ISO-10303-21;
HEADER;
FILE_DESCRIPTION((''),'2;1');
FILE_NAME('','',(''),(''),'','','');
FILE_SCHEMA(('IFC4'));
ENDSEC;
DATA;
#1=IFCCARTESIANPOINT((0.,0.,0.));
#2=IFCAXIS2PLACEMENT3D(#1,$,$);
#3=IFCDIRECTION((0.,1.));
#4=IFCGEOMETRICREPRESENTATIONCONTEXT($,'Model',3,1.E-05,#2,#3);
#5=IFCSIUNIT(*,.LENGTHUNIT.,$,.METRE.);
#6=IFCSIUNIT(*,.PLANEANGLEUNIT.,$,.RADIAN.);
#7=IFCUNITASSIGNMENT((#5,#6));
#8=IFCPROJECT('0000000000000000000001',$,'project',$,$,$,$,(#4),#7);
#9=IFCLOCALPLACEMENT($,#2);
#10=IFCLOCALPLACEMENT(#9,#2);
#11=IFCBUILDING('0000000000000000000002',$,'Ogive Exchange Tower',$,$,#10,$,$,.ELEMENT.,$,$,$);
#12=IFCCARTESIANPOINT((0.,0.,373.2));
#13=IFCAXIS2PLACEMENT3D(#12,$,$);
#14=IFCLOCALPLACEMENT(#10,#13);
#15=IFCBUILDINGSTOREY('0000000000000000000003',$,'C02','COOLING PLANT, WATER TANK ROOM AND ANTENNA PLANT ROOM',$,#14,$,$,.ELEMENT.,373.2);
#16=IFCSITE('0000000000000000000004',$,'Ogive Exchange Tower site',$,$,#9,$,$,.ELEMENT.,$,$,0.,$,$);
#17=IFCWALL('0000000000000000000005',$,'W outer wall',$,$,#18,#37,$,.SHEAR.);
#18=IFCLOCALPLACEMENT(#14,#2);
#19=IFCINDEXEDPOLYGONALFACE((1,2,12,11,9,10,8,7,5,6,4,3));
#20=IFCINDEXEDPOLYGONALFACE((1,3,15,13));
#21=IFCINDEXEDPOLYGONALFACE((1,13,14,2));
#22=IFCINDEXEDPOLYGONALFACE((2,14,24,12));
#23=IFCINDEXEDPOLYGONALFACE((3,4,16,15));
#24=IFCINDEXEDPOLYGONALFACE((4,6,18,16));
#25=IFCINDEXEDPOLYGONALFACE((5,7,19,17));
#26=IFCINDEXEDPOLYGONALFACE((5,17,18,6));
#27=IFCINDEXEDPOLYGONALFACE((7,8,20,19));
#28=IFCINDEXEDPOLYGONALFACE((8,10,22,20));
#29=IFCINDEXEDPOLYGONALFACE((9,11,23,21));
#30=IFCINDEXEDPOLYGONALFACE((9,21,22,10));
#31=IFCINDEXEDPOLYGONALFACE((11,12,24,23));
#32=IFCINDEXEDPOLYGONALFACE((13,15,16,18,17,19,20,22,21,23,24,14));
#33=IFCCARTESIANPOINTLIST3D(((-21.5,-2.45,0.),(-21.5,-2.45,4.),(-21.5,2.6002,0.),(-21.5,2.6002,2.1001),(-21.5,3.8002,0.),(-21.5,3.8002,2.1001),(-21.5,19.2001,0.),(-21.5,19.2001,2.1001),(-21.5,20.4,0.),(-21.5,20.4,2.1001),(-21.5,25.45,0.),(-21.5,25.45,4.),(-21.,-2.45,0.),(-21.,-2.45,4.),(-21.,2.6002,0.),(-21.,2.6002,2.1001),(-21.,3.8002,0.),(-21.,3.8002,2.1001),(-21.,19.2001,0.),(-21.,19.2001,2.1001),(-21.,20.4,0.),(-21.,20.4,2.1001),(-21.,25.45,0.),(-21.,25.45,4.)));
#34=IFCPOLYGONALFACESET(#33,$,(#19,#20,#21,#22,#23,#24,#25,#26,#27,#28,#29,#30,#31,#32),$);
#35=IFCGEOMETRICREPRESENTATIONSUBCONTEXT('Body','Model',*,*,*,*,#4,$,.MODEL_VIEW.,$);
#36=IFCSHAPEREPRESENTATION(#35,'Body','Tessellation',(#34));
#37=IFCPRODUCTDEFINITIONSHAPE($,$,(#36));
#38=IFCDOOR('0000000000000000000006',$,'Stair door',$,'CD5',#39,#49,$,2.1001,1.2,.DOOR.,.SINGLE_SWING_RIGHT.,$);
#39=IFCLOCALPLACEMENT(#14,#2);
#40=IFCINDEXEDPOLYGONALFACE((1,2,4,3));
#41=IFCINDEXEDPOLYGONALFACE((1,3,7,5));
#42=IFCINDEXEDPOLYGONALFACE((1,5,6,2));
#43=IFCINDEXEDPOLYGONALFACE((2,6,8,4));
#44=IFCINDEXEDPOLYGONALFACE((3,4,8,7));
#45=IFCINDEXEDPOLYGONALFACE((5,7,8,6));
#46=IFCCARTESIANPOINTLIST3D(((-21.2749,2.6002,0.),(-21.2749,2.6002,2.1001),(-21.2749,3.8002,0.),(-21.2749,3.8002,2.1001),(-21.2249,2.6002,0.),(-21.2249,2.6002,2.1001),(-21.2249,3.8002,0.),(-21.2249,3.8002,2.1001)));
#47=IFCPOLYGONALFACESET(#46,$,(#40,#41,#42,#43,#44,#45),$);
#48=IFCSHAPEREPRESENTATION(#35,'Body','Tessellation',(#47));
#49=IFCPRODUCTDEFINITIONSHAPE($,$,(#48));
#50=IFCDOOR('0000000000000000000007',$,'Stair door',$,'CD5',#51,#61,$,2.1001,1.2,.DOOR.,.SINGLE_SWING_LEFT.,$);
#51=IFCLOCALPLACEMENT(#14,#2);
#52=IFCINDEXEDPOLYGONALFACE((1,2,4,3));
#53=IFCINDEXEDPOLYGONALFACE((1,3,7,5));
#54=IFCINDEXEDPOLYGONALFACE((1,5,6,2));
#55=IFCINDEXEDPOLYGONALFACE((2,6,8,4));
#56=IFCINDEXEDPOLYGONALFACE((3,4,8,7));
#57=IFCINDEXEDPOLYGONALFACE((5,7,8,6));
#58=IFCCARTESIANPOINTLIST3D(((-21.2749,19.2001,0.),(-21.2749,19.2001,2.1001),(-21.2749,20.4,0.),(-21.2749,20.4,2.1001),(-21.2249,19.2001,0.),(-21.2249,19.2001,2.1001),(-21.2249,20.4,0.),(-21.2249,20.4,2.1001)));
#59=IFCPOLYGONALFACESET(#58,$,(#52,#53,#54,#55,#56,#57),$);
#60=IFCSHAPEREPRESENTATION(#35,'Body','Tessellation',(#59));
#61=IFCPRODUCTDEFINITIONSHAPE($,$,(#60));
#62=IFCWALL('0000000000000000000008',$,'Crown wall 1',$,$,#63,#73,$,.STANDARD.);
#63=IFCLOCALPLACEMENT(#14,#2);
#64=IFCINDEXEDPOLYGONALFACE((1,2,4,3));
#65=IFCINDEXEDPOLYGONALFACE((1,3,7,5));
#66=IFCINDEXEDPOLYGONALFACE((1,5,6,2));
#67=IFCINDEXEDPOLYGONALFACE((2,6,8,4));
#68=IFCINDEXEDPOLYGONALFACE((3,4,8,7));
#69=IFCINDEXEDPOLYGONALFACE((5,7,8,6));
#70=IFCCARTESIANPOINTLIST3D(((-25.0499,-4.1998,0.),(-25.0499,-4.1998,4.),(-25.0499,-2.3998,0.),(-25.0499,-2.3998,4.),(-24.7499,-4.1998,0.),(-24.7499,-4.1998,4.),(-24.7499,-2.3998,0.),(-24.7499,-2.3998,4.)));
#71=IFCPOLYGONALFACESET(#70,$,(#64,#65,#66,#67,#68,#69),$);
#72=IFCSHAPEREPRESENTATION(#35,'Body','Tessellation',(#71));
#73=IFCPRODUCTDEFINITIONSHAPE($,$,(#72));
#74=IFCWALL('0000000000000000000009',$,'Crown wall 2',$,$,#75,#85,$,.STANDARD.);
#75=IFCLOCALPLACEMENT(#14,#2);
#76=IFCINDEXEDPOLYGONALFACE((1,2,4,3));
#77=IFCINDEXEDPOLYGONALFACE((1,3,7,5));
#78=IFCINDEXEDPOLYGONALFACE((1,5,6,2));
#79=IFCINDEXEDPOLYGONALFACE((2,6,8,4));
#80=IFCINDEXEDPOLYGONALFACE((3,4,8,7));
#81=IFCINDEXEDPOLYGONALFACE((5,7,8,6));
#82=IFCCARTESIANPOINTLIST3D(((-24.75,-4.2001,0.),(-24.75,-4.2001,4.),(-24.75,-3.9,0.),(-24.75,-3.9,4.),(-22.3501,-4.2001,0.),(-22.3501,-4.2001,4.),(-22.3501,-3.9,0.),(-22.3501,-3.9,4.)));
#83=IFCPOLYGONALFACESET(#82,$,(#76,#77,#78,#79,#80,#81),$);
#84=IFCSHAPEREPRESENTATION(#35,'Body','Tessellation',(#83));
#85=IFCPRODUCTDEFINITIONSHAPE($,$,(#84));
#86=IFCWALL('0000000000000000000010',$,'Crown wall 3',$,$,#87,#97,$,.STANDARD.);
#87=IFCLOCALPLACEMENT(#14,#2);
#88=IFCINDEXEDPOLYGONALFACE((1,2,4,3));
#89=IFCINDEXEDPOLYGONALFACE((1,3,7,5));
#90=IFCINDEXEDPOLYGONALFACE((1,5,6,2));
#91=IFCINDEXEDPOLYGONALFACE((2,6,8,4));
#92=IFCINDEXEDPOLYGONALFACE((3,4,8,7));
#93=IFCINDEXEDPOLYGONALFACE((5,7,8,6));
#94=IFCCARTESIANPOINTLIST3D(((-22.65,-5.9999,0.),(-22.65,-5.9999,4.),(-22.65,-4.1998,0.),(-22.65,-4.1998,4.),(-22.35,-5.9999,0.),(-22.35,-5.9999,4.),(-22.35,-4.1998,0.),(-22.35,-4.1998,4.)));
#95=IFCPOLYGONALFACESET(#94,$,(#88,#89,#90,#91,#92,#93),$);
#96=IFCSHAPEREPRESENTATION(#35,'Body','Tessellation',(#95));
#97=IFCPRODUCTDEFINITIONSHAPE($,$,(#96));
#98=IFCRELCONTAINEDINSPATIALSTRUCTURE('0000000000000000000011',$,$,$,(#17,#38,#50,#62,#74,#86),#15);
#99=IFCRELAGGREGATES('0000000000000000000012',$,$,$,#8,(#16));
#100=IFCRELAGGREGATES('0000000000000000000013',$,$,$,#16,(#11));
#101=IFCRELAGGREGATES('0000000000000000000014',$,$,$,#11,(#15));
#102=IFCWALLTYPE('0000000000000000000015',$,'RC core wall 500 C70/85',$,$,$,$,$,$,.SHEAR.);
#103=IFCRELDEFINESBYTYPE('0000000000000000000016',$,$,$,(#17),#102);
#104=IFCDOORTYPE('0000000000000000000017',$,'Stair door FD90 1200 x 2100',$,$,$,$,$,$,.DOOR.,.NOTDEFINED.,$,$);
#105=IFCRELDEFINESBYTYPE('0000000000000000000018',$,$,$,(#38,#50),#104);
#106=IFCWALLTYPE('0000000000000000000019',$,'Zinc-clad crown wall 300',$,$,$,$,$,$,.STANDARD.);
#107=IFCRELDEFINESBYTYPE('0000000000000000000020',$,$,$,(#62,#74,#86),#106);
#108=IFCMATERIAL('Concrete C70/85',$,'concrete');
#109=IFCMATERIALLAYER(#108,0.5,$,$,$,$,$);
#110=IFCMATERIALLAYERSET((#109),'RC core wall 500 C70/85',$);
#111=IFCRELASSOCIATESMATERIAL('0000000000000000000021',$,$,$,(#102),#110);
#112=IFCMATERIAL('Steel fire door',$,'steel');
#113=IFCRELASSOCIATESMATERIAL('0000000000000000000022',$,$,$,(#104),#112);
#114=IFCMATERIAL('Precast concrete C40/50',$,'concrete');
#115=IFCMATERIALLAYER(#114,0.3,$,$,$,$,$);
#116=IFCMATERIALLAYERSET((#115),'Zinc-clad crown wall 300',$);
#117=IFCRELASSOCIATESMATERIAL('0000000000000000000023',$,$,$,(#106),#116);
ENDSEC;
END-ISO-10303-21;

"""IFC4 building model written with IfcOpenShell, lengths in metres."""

from ifc_helpers import new_model, si_unit, direction, frame, frame_2d, origin, place, context, subcontext, project, spatial, rectangle, extrude, material, layer, layer_set, type_object, element, fill, save


model = new_model("IFC4")

# Units and contexts
model_context = context("Model", 3, precision=1e-05, world=origin(), true_north=direction((0.0, 1.0)))
body_context = subcontext(model_context, "Body", "Model", "MODEL_VIEW")
ifc_project = project(units=[si_unit("LENGTHUNIT", "METRE"), si_unit("PLANEANGLEUNIT", "RADIAN")], contexts=[model_context])

# Site, building, storey
site_placement = place(None, origin())
site = spatial("IfcSite", under=ifc_project, at=site_placement, Name="Ogive Exchange Tower site", CompositionType="ELEMENT", RefElevation=0.0)
building_placement = place(site_placement, origin())
building = spatial("IfcBuilding", under=site, at=building_placement, Name="Ogive Exchange Tower", CompositionType="ELEMENT")
storey_placement = place(building_placement, frame((0.0, 0.0, 373.2)))
storey = spatial("IfcBuildingStorey", under=building, at=storey_placement, Name="C02", Description="COOLING PLANT, WATER TANK ROOM AND ANTENNA PLANT ROOM", CompositionType="ELEMENT", Elevation=373.2)

# Shared definitions
ifc_material_1 = material(Name="Concrete C70/85", Category="concrete")

# Wall, openings, doors
ifc_layer_1 = layer(ifc_material_1, 0.5)
ifc_layer_set_1 = layer_set([ifc_layer_1], Name="RC core wall 500 C70/85")
wall_type_1 = type_object("IfcWallType", Name="RC core wall 500 C70/85", PredefinedType="SHEAR", material=ifc_layer_set_1)
wall_1_placement = place(storey_placement, frame((-21.25, -2.45, 0.0), z_axis=(0.0, 0.0, 1.0), x_axis=(0.0, 1.0, 0.0)))
wall_1 = element("IfcWall", 1, at=wall_1_placement, inside=storey, type_object=wall_type_1, Name="W outer wall", PredefinedType="SHEAR", context=body_context, shape_type="SweptSolid", body=[
    extrude(rectangle(XDim=27.8999, YDim=0.5, at=frame_2d((13.95, 0.0))), origin(), (0.0, 0.0, 1.0), 4.0),
])
opening_1_placement = place(wall_1_placement, frame((5.05, 0.0, 0.0)))
opening_1 = element("IfcOpeningElement", 2, at=opening_1_placement, cuts=wall_1, PredefinedType="OPENING", context=body_context, shape_type="SweptSolid", body=[
    extrude(rectangle(XDim=1.2, YDim=2.1001, at=frame_2d((0.6001, 1.05))), frame((0.0, 0.26, 0.0), z_axis=(0.0, -1.0, 0.0), x_axis=(1.0, 0.0, 0.0)), (0.0, 0.0, 1.0), 0.52),
])
opening_2_placement = place(wall_1_placement, frame((21.6499, 0.0, 0.0)))
opening_2 = element("IfcOpeningElement", 3, at=opening_2_placement, cuts=wall_1, PredefinedType="OPENING", context=body_context, shape_type="SweptSolid", body=[
    extrude(rectangle(XDim=1.2, YDim=2.1001, at=frame_2d((0.6001, 1.05))), frame((0.0, 0.26, 0.0), z_axis=(0.0, -1.0, 0.0), x_axis=(1.0, 0.0, 0.0)), (0.0, 0.0, 1.0), 0.52),
])
ifc_material_2 = material(Name="Steel fire door", Category="steel")
door_type = type_object("IfcDoorType", Name="Stair door FD90 1200 x 2100", OperationType="NOTDEFINED", PredefinedType="DOOR", material=ifc_material_2)
door_1_placement = place(opening_1_placement, origin())
door_1 = element("IfcDoor", 4, at=door_1_placement, inside=storey, type_object=door_type, Name="Stair door", ObjectType="CD5", OperationType="SINGLE_SWING_RIGHT", OverallHeight=2.1001, OverallWidth=1.2, PredefinedType="DOOR", context=body_context, shape_type="SweptSolid", body=[
    extrude(rectangle(XDim=1.2, YDim=2.1001, at=frame_2d((0.6001, 1.05))), frame((0.0, 0.0249, 0.0), z_axis=(0.0, -1.0, 0.0), x_axis=(1.0, 0.0, 0.0)), (0.0, 0.0, 1.0), 0.05),
])
fill(opening_1, door_1)
door_2_placement = place(opening_2_placement, origin())
door_2 = element("IfcDoor", 5, at=door_2_placement, inside=storey, type_object=door_type, Name="Stair door", ObjectType="CD5", OperationType="SINGLE_SWING_LEFT", OverallHeight=2.1001, OverallWidth=1.2, PredefinedType="DOOR", context=body_context, shape_type="SweptSolid", body=[
    extrude(rectangle(XDim=1.2, YDim=2.1001, at=frame_2d((0.6001, 1.05))), frame((0.0, 0.0249, 0.0), z_axis=(0.0, -1.0, 0.0), x_axis=(1.0, 0.0, 0.0)), (0.0, 0.0, 1.0), 0.05),
])
fill(opening_2, door_2)

# Walls
ifc_material_3 = material(Name="Precast concrete C40/50", Category="concrete")
ifc_layer_2 = layer(ifc_material_3, 0.3)
ifc_layer_set_2 = layer_set([ifc_layer_2], Name="Zinc-clad crown wall 300")
wall_type_2 = type_object("IfcWallType", Name="Zinc-clad crown wall 300", PredefinedType="STANDARD", material=ifc_layer_set_2)
wall_2_placement = place(storey_placement, frame((-24.8999, -2.3999, 0.0), z_axis=(0.0, 0.0, 1.0), x_axis=(0.0, -1.0, 0.0)))
element("IfcWall", 6, at=wall_2_placement, inside=storey, type_object=wall_type_2, Name="Crown wall 1", PredefinedType="STANDARD", context=body_context, shape_type="SweptSolid", body=[
    extrude(rectangle(XDim=1.8, YDim=0.3, at=frame_2d((0.8999, 0.0))), origin(), (0.0, 0.0, 1.0), 4.0),
])
wall_3_placement = place(storey_placement, frame((-24.75, -4.05, 0.0), z_axis=(0.0, 0.0, 1.0), x_axis=(1.0, 0.0, 0.0)))
element("IfcWall", 7, at=wall_3_placement, inside=storey, type_object=wall_type_2, Name="Crown wall 2", PredefinedType="STANDARD", context=body_context, shape_type="SweptSolid", body=[
    extrude(rectangle(XDim=2.3999, YDim=0.3, at=frame_2d((1.2, 0.0))), origin(), (0.0, 0.0, 1.0), 4.0),
])
wall_4_placement = place(storey_placement, frame((-22.5, -4.2, 0.0), z_axis=(0.0, 0.0, 1.0), x_axis=(0.0, -1.0, 0.0)))
element("IfcWall", 8, at=wall_4_placement, inside=storey, type_object=wall_type_2, Name="Crown wall 3", PredefinedType="STANDARD", context=body_context, shape_type="SweptSolid", body=[
    extrude(rectangle(XDim=1.8, YDim=0.3, at=frame_2d((0.8999, 0.0))), origin(), (0.0, 0.0, 1.0), 4.0),
])

save(model, "model.ifc")
